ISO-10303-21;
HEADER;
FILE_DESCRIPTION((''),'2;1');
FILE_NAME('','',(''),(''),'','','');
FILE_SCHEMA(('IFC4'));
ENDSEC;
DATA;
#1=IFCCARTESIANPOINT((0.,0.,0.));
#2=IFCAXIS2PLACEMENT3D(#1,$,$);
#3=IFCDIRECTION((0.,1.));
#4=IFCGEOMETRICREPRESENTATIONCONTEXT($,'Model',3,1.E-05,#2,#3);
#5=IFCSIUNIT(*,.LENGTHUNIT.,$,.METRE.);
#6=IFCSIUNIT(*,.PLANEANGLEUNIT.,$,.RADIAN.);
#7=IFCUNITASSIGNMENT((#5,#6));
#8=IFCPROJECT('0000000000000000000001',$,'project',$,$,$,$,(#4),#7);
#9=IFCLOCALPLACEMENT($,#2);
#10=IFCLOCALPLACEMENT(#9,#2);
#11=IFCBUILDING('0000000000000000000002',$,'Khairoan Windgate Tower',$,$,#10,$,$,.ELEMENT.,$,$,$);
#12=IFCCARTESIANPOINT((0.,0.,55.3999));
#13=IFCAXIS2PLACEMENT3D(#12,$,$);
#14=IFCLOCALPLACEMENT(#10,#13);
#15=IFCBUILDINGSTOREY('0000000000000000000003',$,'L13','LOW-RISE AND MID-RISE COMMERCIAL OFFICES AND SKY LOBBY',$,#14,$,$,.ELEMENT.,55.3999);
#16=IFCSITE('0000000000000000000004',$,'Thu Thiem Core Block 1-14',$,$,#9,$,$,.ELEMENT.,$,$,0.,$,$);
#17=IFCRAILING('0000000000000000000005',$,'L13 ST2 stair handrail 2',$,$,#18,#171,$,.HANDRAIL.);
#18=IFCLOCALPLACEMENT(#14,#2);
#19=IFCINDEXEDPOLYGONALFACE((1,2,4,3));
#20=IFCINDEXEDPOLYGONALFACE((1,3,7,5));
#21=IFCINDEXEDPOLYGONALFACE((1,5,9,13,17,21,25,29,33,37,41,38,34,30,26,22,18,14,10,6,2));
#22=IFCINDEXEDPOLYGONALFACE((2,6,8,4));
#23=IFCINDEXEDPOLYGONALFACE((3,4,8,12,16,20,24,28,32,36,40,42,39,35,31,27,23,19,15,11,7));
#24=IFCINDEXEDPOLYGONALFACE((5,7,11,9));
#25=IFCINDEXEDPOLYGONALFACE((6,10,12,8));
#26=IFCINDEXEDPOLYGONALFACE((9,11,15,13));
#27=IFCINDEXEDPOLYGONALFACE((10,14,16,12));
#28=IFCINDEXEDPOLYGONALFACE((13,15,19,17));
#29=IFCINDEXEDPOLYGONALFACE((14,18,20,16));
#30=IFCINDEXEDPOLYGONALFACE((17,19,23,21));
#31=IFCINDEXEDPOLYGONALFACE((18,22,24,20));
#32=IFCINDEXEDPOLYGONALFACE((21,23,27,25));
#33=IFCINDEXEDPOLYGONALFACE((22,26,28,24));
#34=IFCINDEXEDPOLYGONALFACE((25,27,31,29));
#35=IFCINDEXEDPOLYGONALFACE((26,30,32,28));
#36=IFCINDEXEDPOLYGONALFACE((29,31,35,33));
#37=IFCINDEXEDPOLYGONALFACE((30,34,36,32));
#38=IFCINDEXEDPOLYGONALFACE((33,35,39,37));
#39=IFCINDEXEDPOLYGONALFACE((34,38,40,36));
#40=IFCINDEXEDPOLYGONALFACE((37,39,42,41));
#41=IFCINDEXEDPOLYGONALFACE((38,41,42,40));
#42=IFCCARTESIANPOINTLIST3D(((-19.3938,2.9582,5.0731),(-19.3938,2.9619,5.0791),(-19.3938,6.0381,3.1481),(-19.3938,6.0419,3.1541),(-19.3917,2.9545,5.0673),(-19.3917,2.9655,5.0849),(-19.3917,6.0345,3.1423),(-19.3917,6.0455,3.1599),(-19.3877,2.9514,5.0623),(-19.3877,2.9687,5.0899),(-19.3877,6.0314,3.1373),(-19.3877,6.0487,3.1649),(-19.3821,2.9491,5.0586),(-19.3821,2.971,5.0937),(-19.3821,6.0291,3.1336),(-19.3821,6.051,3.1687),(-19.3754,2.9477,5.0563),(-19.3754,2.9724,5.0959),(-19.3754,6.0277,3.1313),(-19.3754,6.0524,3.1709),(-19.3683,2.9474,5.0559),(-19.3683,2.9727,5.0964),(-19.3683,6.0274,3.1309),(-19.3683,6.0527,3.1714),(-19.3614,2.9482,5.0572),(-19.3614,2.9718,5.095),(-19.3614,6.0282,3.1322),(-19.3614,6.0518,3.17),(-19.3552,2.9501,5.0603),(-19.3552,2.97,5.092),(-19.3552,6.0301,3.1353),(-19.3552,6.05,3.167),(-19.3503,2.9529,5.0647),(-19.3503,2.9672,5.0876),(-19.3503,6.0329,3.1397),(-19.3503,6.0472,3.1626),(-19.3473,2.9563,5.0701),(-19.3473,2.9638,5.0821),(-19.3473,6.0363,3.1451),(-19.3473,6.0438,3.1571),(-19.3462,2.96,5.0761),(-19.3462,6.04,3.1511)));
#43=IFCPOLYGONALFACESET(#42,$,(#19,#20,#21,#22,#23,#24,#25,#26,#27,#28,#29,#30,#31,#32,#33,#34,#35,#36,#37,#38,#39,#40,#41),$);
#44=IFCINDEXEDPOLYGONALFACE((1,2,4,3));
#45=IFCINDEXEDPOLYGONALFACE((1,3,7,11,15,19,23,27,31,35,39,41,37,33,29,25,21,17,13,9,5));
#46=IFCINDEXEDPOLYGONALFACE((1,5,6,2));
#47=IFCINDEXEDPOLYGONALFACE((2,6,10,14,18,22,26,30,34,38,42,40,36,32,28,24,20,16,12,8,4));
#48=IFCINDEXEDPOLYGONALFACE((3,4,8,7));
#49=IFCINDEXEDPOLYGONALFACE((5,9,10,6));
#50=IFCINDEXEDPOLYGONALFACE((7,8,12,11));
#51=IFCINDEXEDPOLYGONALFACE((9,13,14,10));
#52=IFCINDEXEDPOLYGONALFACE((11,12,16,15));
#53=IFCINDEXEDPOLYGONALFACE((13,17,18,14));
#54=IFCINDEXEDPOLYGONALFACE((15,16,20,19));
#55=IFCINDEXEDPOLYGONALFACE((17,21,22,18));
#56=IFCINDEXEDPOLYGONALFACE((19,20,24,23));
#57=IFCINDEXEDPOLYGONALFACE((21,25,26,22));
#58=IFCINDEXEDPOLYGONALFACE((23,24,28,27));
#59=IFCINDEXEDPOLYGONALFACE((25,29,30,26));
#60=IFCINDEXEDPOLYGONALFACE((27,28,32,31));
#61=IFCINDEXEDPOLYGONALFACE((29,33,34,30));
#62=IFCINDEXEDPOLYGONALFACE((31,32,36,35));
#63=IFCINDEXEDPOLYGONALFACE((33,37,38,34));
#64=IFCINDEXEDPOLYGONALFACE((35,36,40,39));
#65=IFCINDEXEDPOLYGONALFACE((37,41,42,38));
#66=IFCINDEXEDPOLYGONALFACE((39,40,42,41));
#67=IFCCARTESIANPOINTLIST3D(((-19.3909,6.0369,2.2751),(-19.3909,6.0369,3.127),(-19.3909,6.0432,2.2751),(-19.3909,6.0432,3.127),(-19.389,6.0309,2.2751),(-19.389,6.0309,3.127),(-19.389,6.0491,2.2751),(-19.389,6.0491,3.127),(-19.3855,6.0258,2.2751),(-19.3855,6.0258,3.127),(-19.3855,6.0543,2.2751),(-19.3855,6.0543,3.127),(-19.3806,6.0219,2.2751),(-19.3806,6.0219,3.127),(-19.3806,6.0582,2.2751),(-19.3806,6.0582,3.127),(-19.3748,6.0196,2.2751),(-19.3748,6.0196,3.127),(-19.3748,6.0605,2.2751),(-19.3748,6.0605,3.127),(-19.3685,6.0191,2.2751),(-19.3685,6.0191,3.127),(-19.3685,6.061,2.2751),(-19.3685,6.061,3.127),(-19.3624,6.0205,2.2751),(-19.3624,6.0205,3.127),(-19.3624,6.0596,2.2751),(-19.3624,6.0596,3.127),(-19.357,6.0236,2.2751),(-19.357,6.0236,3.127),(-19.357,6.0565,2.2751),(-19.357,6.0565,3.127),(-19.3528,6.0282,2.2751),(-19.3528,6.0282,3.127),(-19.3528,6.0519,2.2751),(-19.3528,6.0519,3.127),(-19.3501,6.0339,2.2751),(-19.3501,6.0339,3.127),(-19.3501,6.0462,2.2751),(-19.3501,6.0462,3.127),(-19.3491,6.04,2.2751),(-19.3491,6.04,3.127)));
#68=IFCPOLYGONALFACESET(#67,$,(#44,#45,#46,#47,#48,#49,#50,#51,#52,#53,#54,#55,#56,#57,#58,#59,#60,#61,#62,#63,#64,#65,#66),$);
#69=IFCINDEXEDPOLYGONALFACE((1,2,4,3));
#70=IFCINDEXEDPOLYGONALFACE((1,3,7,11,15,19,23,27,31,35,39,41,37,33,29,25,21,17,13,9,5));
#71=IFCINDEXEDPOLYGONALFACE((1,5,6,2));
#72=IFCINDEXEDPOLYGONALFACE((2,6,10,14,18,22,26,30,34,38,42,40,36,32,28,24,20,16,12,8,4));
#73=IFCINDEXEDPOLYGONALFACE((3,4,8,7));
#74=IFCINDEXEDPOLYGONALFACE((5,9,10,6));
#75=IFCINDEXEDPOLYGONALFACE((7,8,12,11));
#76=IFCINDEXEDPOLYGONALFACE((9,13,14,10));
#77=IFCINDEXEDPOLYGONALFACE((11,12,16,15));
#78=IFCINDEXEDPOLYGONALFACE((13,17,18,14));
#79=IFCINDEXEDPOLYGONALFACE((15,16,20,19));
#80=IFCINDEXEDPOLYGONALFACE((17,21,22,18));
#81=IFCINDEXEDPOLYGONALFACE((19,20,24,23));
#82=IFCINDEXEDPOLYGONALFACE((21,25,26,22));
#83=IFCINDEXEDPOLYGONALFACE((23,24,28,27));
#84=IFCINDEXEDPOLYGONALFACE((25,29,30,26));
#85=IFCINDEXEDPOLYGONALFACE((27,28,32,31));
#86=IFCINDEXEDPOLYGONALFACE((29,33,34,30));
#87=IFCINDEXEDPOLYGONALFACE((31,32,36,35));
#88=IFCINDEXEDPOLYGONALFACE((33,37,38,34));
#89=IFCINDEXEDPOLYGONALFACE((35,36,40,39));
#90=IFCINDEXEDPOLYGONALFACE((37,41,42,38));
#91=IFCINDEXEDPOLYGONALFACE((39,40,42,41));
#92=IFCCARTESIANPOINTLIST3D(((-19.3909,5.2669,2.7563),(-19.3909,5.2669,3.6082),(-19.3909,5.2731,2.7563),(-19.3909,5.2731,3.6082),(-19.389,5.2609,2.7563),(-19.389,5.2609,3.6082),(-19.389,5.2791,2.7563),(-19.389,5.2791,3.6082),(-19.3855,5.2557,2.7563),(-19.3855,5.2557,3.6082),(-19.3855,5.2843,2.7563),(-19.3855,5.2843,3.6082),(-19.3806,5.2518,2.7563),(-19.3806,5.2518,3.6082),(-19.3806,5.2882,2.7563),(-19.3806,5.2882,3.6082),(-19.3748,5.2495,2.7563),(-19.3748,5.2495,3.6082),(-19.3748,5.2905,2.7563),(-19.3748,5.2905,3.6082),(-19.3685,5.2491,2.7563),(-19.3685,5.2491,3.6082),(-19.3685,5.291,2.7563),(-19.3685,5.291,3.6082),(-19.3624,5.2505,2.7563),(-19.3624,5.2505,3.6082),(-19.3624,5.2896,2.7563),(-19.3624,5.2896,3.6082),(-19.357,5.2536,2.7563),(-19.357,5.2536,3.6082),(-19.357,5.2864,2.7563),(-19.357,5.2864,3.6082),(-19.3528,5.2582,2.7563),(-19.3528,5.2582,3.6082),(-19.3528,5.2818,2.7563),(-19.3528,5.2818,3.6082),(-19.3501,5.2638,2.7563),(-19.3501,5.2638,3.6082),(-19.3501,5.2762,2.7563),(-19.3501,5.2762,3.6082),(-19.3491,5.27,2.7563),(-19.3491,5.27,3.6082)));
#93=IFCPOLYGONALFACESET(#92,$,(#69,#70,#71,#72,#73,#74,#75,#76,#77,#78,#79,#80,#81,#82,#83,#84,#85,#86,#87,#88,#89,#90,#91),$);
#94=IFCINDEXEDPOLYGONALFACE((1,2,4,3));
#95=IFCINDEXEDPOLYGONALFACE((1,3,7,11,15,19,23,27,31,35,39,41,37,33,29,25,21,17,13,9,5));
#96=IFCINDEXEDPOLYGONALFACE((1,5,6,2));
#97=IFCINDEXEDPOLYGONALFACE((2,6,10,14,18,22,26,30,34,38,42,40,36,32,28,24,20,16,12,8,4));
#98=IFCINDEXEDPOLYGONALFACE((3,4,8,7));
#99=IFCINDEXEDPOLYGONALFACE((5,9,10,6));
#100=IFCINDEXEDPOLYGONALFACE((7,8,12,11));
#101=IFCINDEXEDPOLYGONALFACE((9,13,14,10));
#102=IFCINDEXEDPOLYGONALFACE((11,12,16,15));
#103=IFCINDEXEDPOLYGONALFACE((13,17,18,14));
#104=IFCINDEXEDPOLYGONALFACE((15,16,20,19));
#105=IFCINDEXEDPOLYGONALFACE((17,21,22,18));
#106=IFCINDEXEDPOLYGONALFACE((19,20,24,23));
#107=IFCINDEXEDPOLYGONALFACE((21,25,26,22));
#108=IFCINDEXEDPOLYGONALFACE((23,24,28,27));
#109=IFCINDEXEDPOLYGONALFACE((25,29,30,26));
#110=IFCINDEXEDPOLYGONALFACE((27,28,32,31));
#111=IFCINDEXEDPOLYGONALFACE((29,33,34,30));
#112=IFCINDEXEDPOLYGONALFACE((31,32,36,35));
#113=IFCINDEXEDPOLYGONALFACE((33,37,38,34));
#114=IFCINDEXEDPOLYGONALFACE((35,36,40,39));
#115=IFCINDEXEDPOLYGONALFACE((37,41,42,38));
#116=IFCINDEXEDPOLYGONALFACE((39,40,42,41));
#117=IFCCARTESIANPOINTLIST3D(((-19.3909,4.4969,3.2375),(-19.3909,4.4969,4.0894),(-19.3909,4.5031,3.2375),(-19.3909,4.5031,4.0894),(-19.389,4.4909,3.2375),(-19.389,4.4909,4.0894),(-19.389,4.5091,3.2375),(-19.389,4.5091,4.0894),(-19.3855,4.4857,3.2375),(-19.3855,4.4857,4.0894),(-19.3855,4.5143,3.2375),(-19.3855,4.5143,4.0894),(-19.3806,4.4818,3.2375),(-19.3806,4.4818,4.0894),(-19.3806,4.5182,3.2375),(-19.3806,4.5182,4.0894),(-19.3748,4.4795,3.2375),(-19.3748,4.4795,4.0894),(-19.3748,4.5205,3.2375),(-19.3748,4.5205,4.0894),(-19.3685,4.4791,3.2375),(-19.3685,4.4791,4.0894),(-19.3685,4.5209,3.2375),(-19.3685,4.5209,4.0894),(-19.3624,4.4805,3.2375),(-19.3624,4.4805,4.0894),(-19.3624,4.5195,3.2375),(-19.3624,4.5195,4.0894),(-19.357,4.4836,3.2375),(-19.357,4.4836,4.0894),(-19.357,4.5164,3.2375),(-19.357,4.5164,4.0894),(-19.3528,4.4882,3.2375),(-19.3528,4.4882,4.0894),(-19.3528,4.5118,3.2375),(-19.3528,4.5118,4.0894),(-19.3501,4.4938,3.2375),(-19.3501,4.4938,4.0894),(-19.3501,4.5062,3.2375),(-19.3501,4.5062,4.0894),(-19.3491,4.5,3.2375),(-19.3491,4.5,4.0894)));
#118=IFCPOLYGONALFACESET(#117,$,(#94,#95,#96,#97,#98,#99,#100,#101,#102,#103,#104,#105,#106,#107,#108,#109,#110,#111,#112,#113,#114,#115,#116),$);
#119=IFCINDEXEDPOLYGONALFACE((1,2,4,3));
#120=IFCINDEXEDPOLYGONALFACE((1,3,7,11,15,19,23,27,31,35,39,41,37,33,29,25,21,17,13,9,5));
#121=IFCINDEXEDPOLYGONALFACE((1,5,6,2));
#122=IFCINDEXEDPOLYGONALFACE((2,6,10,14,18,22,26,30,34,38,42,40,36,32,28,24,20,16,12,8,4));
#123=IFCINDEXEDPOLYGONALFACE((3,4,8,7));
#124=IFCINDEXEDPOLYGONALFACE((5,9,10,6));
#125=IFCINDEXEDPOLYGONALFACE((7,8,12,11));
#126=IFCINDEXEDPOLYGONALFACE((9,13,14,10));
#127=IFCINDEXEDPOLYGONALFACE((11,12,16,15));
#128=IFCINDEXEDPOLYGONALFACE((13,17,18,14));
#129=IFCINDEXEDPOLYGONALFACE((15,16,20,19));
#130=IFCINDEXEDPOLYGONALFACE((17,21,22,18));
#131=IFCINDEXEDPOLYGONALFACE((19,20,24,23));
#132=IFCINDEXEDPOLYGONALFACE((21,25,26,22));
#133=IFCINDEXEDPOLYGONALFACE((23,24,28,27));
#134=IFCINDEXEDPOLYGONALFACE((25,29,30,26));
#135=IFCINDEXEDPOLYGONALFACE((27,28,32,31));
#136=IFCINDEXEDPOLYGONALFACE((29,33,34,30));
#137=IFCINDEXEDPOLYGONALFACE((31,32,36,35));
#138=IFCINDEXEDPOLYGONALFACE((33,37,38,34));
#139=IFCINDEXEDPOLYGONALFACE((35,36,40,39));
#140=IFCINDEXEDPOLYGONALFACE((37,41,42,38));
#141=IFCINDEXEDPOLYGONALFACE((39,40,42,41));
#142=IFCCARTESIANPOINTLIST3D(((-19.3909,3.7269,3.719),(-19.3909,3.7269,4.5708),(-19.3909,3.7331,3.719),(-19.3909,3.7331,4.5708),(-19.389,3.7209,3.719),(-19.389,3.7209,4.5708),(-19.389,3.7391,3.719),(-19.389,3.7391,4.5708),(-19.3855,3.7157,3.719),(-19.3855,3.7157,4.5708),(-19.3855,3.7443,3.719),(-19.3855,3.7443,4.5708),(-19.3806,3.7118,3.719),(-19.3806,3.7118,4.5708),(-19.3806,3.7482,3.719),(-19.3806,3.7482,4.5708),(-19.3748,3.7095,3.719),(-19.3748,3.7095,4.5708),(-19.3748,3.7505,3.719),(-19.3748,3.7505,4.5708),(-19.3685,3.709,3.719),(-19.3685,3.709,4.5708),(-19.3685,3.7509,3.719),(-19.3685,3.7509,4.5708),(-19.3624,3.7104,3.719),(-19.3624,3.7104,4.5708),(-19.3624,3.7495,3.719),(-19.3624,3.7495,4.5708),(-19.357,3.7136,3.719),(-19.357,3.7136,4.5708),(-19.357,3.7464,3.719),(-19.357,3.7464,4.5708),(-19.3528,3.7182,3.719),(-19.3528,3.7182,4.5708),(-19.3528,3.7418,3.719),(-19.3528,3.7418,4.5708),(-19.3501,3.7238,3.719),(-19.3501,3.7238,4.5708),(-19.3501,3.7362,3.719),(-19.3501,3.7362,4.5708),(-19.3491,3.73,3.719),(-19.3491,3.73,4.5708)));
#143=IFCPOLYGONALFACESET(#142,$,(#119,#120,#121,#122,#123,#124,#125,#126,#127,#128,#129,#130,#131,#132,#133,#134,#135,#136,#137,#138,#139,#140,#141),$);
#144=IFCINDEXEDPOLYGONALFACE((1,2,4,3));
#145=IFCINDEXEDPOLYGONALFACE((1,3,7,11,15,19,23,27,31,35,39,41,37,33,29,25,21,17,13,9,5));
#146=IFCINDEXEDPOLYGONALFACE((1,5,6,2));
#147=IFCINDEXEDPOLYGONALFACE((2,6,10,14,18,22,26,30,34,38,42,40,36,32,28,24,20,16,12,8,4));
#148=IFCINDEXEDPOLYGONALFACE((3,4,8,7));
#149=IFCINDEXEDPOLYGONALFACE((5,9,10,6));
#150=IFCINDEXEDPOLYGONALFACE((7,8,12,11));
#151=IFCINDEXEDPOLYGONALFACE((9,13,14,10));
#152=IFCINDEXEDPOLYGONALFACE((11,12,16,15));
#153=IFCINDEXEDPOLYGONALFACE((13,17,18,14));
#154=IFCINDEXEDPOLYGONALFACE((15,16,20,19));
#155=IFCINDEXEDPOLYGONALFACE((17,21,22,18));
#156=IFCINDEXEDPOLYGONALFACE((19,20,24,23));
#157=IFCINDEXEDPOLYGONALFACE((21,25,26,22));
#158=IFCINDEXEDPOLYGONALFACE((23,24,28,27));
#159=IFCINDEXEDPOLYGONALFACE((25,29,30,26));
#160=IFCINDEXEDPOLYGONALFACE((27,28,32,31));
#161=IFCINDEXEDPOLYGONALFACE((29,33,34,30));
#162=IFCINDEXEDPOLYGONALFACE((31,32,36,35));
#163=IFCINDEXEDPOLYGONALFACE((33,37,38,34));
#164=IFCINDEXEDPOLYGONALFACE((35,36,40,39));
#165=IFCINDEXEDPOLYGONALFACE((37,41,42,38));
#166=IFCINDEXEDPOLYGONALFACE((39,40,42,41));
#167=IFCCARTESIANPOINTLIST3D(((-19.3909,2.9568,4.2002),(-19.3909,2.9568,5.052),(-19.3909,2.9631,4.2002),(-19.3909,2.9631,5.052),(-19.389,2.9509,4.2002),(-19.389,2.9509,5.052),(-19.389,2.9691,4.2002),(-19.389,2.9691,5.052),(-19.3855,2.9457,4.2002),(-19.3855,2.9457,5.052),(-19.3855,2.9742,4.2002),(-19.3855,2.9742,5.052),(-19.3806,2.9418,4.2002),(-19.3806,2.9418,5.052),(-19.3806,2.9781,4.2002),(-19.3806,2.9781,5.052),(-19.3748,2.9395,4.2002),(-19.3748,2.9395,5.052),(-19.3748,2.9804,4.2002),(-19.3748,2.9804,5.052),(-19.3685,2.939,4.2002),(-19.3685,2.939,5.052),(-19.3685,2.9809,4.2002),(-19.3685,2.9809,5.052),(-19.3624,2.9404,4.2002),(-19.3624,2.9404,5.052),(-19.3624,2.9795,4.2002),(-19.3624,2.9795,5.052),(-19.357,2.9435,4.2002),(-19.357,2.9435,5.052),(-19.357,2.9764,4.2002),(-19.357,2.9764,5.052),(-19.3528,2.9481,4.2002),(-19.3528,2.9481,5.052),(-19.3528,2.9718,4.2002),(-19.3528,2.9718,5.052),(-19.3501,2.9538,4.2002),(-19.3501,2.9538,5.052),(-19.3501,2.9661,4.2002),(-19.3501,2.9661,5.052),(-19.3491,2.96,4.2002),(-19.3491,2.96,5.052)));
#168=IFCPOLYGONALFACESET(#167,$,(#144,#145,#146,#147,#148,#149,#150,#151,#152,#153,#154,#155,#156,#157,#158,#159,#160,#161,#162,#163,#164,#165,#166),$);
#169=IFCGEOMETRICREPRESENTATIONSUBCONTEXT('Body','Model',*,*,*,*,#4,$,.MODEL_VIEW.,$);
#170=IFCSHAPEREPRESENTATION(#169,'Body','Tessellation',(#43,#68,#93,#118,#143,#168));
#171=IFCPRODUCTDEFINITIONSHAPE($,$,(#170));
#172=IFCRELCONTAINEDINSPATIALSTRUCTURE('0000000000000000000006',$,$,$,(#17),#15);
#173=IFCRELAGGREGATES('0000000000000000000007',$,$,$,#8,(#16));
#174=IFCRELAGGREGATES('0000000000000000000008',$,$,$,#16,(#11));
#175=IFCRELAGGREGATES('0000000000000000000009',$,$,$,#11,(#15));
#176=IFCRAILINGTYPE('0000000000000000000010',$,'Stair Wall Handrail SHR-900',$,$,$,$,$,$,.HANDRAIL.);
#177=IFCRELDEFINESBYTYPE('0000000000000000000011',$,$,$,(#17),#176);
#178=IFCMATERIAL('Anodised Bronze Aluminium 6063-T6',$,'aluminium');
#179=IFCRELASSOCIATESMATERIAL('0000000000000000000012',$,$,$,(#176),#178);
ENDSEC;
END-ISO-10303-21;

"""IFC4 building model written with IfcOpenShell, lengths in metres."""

from ifc_helpers import new_model, si_unit, direction, frame, origin, origin_2d, place, context, subcontext, project, spatial, circle, extrude, material, type_object, element, save


model = new_model("IFC4")

# Units and contexts
model_context = context("Model", 3, precision=1e-05, world=origin(), true_north=direction((0.0, 1.0)))
body_context = subcontext(model_context, "Body", "Model", "MODEL_VIEW")
ifc_project = project(units=[si_unit("LENGTHUNIT", "METRE"), si_unit("PLANEANGLEUNIT", "RADIAN")], contexts=[model_context])

# Site, building, storey
site_placement = place(None, origin())
site = spatial("IfcSite", under=ifc_project, at=site_placement, Name="Thu Thiem Core Block 1-14", CompositionType="ELEMENT", RefElevation=0.0)
building_placement = place(site_placement, origin())
building = spatial("IfcBuilding", under=site, at=building_placement, Name="Khairoan Windgate Tower", CompositionType="ELEMENT")
storey_placement = place(building_placement, frame((0.0, 0.0, 55.3999)))
storey = spatial("IfcBuildingStorey", under=building, at=storey_placement, Name="L13", Description="LOW-RISE AND MID-RISE COMMERCIAL OFFICES AND SKY LOBBY", CompositionType="ELEMENT", Elevation=55.3999)

# Railing
ifc_material_1 = material(Name="Anodised Bronze Aluminium 6063-T6", Category="aluminium")
railing_type_1 = type_object("IfcRailingType", Name="Stair Wall Handrail SHR-900", PredefinedType="HANDRAIL", material=ifc_material_1)
railing_1_placement = place(storey_placement, frame((-19.3701, 6.04, 2.2751)))
element("IfcRailing", 1, at=railing_1_placement, inside=storey, type_object=railing_type_1, Name="L13 ST2 stair handrail 2", PredefinedType="HANDRAIL", context=body_context, shape_type="SweptSolid", body=[
    extrude(circle(Radius=0.0239, at=origin_2d()), frame((0.0, 0.0, 0.876), z_axis=(0.0, -0.847998, 0.529999), x_axis=(1.0, 0.0, 0.0)), (0.0, 0.0, 1.0), 3.6321),
    extrude(circle(Radius=0.021, at=origin_2d()), origin(), (0.0, 0.0, 1.0), 0.8518),
    extrude(circle(Radius=0.021, at=origin_2d()), frame((0.0, -0.77, 0.4812)), (0.0, 0.0, 1.0), 0.8518),
    extrude(circle(Radius=0.021, at=origin_2d()), frame((0.0, -1.54, 0.9624)), (0.0, 0.0, 1.0), 0.8518),
    extrude(circle(Radius=0.021, at=origin_2d()), frame((0.0, -2.3101, 1.4438)), (0.0, 0.0, 1.0), 0.8518),
    extrude(circle(Radius=0.021, at=origin_2d()), frame((0.0, -3.0801, 1.925)), (0.0, 0.0, 1.0), 0.8518),
])

save(model, "model.ifc")
